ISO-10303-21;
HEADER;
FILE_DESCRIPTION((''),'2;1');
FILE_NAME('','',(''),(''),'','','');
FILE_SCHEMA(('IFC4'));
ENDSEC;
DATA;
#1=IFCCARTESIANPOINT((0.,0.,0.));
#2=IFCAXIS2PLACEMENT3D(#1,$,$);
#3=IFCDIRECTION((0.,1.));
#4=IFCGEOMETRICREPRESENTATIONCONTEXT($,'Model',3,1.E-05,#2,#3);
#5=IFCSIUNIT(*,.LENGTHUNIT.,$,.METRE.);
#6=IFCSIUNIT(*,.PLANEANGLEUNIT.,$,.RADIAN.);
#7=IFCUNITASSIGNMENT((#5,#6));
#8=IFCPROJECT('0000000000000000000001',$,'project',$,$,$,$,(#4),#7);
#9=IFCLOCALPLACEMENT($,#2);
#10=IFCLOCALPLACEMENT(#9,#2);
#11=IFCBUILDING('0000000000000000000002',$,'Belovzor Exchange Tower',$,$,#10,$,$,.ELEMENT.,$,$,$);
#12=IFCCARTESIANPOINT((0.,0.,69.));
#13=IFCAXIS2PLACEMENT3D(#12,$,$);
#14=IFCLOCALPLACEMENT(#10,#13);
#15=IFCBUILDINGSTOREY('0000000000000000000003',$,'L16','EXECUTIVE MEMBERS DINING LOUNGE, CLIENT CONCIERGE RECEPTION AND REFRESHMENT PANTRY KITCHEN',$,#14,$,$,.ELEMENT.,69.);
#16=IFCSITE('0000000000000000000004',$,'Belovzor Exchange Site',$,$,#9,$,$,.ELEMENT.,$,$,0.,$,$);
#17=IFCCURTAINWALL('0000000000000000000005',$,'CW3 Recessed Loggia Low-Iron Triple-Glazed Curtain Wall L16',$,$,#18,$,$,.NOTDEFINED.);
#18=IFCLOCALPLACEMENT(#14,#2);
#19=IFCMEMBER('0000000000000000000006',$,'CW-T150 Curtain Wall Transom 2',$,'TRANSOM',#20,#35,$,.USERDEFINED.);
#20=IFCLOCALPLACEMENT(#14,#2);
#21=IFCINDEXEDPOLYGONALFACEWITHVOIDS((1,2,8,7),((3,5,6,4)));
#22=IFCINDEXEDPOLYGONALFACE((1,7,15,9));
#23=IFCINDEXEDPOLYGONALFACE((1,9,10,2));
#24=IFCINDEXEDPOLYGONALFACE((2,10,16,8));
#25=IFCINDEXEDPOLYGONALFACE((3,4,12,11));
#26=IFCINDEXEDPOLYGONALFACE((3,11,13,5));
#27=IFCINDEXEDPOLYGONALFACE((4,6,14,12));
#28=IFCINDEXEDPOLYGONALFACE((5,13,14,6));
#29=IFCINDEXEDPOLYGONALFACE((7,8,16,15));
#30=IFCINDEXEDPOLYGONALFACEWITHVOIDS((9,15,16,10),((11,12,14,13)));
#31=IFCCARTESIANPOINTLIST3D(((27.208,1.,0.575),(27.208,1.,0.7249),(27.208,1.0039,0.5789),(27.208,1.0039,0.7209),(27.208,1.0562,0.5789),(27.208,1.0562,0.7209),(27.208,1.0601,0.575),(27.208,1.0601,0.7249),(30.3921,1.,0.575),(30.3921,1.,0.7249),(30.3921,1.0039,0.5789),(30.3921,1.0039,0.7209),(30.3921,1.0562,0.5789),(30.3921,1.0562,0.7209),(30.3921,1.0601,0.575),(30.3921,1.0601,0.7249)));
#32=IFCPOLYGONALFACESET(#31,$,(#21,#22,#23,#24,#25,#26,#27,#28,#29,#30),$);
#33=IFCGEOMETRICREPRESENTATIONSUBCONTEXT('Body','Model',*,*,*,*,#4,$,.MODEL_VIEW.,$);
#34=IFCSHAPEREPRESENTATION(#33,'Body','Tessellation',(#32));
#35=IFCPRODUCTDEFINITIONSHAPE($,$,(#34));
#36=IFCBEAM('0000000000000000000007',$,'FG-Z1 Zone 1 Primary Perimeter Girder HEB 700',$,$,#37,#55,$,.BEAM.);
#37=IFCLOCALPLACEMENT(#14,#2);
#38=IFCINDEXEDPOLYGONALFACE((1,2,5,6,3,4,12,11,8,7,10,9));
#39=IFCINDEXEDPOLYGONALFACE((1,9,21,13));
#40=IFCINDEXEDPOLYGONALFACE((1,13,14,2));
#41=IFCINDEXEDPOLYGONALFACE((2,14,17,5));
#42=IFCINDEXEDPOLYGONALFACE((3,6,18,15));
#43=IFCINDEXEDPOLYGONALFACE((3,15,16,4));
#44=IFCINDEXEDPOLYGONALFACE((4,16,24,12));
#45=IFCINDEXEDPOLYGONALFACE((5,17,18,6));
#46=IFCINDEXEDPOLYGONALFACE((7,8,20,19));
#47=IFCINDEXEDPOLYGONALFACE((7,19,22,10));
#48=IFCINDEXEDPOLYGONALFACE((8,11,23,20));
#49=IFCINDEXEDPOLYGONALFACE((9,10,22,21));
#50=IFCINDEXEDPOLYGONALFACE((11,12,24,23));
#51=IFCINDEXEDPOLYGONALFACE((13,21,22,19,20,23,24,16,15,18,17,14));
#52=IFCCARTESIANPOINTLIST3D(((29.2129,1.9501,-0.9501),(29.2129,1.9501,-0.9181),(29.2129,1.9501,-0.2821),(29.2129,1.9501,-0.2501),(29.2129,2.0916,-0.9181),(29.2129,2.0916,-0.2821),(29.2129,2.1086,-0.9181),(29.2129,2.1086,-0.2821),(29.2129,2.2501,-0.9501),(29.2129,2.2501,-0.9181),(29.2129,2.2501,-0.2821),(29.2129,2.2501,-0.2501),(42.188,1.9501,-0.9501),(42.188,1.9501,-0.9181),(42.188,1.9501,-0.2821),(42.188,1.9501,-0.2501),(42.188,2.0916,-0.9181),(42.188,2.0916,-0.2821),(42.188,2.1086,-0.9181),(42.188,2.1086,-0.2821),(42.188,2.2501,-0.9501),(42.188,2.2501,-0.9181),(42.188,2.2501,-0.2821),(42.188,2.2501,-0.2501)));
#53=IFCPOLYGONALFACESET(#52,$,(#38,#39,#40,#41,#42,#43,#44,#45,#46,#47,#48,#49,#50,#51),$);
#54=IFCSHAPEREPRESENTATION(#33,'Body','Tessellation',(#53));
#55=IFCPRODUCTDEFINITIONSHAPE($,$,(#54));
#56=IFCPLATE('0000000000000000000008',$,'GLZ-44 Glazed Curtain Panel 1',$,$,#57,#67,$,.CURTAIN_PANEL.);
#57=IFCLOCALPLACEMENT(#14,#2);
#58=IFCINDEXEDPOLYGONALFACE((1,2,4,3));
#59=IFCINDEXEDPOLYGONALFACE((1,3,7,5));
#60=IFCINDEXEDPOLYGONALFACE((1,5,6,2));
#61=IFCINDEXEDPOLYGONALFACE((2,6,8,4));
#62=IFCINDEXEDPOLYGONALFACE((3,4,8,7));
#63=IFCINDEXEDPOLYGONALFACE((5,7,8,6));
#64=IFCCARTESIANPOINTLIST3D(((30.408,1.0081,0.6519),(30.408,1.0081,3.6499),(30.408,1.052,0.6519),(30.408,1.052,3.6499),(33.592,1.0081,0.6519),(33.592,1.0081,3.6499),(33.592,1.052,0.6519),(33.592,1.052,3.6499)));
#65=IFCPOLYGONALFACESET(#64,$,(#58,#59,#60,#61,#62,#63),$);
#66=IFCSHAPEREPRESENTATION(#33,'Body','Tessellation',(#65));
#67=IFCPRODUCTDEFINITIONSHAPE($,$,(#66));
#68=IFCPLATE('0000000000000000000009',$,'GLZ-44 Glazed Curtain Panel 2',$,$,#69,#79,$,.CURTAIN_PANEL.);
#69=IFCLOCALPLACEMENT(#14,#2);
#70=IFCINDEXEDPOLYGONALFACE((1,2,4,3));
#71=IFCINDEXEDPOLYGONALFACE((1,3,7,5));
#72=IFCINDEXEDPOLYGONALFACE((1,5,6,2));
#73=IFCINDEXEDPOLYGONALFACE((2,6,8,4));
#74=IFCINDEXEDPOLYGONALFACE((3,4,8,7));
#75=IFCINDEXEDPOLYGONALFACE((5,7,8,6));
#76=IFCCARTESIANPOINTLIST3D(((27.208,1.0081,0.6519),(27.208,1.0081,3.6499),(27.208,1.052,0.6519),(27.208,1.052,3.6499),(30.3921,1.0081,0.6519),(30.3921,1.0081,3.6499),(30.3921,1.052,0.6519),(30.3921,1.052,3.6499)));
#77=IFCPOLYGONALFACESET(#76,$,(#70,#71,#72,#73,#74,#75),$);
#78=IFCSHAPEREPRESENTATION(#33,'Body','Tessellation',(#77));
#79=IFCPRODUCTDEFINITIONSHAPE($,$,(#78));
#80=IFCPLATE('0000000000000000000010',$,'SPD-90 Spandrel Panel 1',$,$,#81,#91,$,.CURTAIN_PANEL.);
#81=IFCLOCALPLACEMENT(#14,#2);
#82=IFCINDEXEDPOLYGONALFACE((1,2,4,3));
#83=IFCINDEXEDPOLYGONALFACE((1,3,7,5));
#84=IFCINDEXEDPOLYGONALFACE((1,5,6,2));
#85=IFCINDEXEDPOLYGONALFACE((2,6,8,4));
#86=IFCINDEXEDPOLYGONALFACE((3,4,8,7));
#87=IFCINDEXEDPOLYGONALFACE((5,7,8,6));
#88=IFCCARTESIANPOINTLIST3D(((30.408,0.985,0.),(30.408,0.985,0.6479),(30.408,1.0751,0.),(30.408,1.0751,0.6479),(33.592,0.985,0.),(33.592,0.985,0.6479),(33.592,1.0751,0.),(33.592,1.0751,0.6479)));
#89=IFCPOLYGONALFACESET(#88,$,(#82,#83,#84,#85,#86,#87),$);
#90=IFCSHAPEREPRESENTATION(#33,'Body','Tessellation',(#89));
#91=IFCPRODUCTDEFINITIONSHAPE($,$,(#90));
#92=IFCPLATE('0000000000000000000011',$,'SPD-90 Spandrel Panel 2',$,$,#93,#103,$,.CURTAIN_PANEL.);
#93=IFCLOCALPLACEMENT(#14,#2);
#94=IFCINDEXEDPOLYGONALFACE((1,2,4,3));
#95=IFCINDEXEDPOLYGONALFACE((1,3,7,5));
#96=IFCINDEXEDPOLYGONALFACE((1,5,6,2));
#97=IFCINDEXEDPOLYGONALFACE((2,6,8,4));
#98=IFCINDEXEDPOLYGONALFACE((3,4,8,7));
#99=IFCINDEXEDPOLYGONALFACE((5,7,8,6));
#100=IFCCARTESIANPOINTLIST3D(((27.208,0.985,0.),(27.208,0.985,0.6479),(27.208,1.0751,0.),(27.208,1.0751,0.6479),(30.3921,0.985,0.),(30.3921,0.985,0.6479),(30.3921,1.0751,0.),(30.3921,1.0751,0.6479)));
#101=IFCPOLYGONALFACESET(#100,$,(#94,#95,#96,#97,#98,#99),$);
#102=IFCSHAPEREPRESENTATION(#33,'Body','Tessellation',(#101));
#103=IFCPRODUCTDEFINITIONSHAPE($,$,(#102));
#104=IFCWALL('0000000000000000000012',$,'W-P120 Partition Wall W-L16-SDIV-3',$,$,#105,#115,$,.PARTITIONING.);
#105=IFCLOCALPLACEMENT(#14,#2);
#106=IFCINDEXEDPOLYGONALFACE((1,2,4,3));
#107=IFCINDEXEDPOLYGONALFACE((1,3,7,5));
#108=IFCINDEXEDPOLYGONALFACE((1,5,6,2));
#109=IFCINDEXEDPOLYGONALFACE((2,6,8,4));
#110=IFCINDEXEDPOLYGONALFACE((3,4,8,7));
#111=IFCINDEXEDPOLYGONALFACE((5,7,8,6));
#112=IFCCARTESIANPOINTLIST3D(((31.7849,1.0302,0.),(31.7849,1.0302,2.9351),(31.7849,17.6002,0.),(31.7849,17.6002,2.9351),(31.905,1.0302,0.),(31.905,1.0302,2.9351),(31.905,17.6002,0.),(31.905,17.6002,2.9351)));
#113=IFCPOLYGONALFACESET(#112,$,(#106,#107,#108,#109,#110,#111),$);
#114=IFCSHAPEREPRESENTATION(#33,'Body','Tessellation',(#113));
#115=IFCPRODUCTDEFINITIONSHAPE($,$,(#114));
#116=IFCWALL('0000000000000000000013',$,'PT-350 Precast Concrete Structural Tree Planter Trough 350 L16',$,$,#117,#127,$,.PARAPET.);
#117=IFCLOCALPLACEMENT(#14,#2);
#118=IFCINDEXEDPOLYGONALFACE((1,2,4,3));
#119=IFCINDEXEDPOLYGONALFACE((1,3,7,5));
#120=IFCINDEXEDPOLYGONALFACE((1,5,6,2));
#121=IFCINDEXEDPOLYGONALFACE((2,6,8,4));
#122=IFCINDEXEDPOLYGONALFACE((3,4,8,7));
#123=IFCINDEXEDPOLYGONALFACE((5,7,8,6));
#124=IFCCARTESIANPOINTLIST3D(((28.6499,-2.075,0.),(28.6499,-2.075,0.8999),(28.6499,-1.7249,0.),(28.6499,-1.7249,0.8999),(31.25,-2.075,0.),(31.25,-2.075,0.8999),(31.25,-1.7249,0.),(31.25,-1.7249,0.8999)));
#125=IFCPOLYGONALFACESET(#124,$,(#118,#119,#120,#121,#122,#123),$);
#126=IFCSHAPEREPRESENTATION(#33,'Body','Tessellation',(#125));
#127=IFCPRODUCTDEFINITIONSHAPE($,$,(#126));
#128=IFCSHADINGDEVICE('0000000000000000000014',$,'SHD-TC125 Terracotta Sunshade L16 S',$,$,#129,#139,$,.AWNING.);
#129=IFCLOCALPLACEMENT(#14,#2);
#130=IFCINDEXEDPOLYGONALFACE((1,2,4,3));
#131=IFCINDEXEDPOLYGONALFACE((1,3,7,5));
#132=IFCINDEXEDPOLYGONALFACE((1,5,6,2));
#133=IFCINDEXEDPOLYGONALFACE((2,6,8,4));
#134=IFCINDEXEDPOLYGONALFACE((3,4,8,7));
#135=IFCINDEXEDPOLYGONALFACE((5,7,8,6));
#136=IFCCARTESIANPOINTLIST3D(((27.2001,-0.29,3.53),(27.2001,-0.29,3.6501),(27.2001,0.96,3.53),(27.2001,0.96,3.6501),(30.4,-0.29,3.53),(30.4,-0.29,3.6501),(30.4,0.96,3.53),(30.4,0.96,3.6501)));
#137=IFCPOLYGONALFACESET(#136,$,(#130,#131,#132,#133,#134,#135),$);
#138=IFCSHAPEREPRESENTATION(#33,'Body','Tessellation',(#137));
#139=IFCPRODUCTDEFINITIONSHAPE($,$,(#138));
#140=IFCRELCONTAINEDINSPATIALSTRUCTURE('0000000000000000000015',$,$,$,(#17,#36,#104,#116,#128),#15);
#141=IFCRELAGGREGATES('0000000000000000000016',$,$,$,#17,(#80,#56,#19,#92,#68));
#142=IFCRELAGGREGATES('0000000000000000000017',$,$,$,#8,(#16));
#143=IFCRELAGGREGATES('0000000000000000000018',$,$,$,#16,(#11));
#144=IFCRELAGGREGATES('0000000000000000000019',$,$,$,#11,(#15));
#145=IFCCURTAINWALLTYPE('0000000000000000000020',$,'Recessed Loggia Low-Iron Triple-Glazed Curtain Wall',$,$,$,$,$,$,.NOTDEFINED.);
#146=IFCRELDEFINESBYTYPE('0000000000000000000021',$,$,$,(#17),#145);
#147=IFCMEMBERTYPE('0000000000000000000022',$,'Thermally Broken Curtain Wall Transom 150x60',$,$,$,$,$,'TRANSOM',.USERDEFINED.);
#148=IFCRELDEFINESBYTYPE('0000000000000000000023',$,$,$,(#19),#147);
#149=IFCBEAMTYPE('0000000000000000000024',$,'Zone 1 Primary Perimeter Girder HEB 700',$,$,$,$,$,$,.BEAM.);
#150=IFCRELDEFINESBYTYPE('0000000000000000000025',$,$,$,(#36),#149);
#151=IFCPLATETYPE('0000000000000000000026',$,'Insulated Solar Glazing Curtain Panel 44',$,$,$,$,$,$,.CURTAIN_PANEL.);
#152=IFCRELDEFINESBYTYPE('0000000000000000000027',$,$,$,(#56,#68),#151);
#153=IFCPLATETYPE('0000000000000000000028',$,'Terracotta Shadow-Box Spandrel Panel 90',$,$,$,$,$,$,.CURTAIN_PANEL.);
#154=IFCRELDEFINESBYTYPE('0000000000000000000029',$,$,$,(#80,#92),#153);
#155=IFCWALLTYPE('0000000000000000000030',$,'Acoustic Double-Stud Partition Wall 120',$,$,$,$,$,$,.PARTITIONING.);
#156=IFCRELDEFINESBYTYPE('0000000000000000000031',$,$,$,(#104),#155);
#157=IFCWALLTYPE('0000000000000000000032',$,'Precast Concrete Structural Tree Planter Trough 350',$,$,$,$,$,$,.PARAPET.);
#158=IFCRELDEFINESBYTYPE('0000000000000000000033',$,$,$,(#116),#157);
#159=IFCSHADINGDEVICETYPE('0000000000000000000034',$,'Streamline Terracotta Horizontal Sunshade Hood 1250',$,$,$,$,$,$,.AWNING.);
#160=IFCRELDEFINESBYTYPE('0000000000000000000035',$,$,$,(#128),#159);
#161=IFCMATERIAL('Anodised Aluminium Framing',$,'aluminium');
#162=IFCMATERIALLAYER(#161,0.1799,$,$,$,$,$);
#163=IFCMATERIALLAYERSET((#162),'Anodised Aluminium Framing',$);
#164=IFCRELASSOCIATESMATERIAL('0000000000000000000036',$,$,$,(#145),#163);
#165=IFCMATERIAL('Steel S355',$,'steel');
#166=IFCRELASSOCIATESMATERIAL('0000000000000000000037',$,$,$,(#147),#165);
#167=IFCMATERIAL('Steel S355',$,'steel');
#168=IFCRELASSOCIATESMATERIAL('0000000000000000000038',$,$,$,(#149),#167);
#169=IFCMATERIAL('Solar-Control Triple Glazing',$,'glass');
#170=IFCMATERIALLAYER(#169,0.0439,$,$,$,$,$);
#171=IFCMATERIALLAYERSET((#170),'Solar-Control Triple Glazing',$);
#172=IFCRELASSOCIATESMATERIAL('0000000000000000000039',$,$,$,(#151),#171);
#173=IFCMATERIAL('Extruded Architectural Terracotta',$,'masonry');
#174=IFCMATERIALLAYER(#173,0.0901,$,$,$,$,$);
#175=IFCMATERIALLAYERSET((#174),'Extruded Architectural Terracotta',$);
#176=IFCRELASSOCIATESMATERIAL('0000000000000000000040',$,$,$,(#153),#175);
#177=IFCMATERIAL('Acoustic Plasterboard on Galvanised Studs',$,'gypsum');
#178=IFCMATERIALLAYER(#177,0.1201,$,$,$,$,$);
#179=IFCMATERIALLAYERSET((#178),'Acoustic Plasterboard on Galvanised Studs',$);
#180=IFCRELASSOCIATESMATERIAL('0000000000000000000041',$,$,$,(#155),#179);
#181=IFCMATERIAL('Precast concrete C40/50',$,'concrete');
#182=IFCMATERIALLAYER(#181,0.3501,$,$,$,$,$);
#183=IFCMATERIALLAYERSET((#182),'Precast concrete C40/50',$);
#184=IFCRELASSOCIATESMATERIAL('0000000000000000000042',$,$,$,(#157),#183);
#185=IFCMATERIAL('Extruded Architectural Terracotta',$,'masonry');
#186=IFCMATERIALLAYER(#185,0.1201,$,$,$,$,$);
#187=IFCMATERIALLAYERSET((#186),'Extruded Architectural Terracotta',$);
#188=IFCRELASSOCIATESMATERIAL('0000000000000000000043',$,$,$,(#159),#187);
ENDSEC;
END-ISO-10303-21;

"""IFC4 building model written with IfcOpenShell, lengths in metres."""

from ifc_helpers import new_model, si_unit, direction, frame, frame_2d, origin, origin_2d, place, context, subcontext, project, spatial, rectangle, hollow_rectangle, i_section, extrude, material, layer, layer_set, material_profile, profile_set, type_object, element, aggregate, save


model = new_model("IFC4")

# Units and contexts
model_context = context("Model", 3, precision=1e-05, world=origin(), true_north=direction((0.0, 1.0)))
body_context = subcontext(model_context, "Body", "Model", "MODEL_VIEW")
ifc_project = project(units=[si_unit("LENGTHUNIT", "METRE"), si_unit("PLANEANGLEUNIT", "RADIAN")], contexts=[model_context])

# Site, building, storey
site_placement = place(None, origin())
site = spatial("IfcSite", under=ifc_project, at=site_placement, Name="Belovzor Exchange Site", CompositionType="ELEMENT", RefElevation=0.0)
building_placement = place(site_placement, origin())
building = spatial("IfcBuilding", under=site, at=building_placement, Name="Belovzor Exchange Tower", CompositionType="ELEMENT")
storey_placement = place(building_placement, frame((0.0, 0.0, 69.0)))
storey = spatial("IfcBuildingStorey", under=building, at=storey_placement, Name="L16", Description="EXECUTIVE MEMBERS DINING LOUNGE, CLIENT CONCIERGE RECEPTION AND REFRESHMENT PANTRY KITCHEN", CompositionType="ELEMENT", Elevation=69.0)

# Curtain wall, member
ifc_material_1 = material(Name="Anodised Aluminium Framing", Category="aluminium")
ifc_layer_1 = layer(ifc_material_1, 0.1799)
ifc_layer_set_1 = layer_set([ifc_layer_1], Name="Anodised Aluminium Framing")
curtain_wall_type = type_object("IfcCurtainWallType", Name="Recessed Loggia Low-Iron Triple-Glazed Curtain Wall", PredefinedType="NOTDEFINED", material=ifc_layer_set_1)
curtain_wall_placement = place(storey_placement, origin())
curtain_wall = element("IfcCurtainWall", 1, at=curtain_wall_placement, inside=storey, type_object=curtain_wall_type, Name="CW3 Recessed Loggia Low-Iron Triple-Glazed Curtain Wall L16", PredefinedType="NOTDEFINED")
ifc_material_2 = material(Name="Steel S355", Category="steel")
ifc_material_profile_1 = material_profile(ifc_material_2, hollow_rectangle(XDim=0.0601, YDim=0.1499, WallThickness=0.0039, at=origin_2d()))
ifc_profile_set_1 = profile_set([ifc_material_profile_1], Name="Steel S355")
member_type_1 = type_object("IfcMemberType", Name="Thermally Broken Curtain Wall Transom 150x60", ElementType="TRANSOM", PredefinedType="USERDEFINED", material=ifc_profile_set_1)
member_1_placement = place(storey_placement, frame((30.3921, 1.03, 0.6499), z_axis=(-1.0, 0.0, 0.0), x_axis=(0.0, -1.0, 0.0)))
member_1 = element("IfcMember", 2, at=member_1_placement, type_object=member_type_1, Name="CW-T150 Curtain Wall Transom 2", ObjectType="TRANSOM", PredefinedType="USERDEFINED", context=body_context, shape_type="SweptSolid", body=[
    extrude(hollow_rectangle(XDim=0.0601, YDim=0.1499, WallThickness=0.0039, at=origin_2d()), origin(), (0.0, 0.0, 1.0), 3.1841),
])

# Beam
ifc_material_3 = material(Name="Steel S355", Category="steel")
ifc_material_profile_2 = material_profile(ifc_material_3, i_section(OverallWidth=0.3, OverallDepth=0.7, WebThickness=0.0171, FlangeThickness=0.032, at=origin_2d()))
ifc_profile_set_2 = profile_set([ifc_material_profile_2], Name="Steel S355")
beam_type_1 = type_object("IfcBeamType", Name="Zone 1 Primary Perimeter Girder HEB 700", PredefinedType="BEAM", material=ifc_profile_set_2)
beam_1_placement = place(storey_placement, frame((29.2129, 2.1001, -0.6001), z_axis=(1.0, 0.0, 0.0), x_axis=(0.0, 1.0, 0.0)))
element("IfcBeam", 3, at=beam_1_placement, inside=storey, type_object=beam_type_1, Name="FG-Z1 Zone 1 Primary Perimeter Girder HEB 700", PredefinedType="BEAM", context=body_context, shape_type="SweptSolid", body=[
    extrude(i_section(OverallWidth=0.3, OverallDepth=0.7, WebThickness=0.0171, FlangeThickness=0.032, at=origin_2d()), origin(), (0.0, 0.0, 1.0), 12.9751),
])

# Plates
ifc_material_4 = material(Name="Solar-Control Triple Glazing", Category="glass")
ifc_layer_2 = layer(ifc_material_4, 0.0439)
ifc_layer_set_2 = layer_set([ifc_layer_2], Name="Solar-Control Triple Glazing")
plate_type_1 = type_object("IfcPlateType", Name="Insulated Solar Glazing Curtain Panel 44", PredefinedType="CURTAIN_PANEL", material=ifc_layer_set_2)
plate_1_placement = place(storey_placement, frame((32.0, 1.03, 0.6519), z_axis=(0.0, 0.0, 1.0), x_axis=(-1.0, 0.0, 0.0)))
plate_1 = element("IfcPlate", 4, at=plate_1_placement, type_object=plate_type_1, Name="GLZ-44 Glazed Curtain Panel 1", PredefinedType="CURTAIN_PANEL", context=body_context, shape_type="SweptSolid", body=[
    extrude(rectangle(XDim=3.1841, YDim=0.0439, at=origin_2d()), origin(), (0.0, 0.0, 1.0), 2.998),
])
plate_2_placement = place(storey_placement, frame((28.8, 1.03, 0.6519), z_axis=(0.0, 0.0, 1.0), x_axis=(-1.0, 0.0, 0.0)))
plate_2 = element("IfcPlate", 5, at=plate_2_placement, type_object=plate_type_1, Name="GLZ-44 Glazed Curtain Panel 2", PredefinedType="CURTAIN_PANEL", context=body_context, shape_type="SweptSolid", body=[
    extrude(rectangle(XDim=3.1841, YDim=0.0439, at=origin_2d()), origin(), (0.0, 0.0, 1.0), 2.998),
])
ifc_material_5 = material(Name="Extruded Architectural Terracotta", Category="masonry")
ifc_layer_3 = layer(ifc_material_5, 0.0901)
ifc_layer_set_3 = layer_set([ifc_layer_3], Name="Extruded Architectural Terracotta")
plate_type_2 = type_object("IfcPlateType", Name="Terracotta Shadow-Box Spandrel Panel 90", PredefinedType="CURTAIN_PANEL", material=ifc_layer_set_3)
plate_3_placement = place(storey_placement, frame((32.0, 1.03, 0.0), z_axis=(0.0, 0.0, 1.0), x_axis=(-1.0, 0.0, 0.0)))
plate_3 = element("IfcPlate", 6, at=plate_3_placement, type_object=plate_type_2, Name="SPD-90 Spandrel Panel 1", PredefinedType="CURTAIN_PANEL", context=body_context, shape_type="SweptSolid", body=[
    extrude(rectangle(XDim=3.1841, YDim=0.0901, at=origin_2d()), origin(), (0.0, 0.0, 1.0), 0.6479),
])
plate_4_placement = place(storey_placement, frame((28.8, 1.03, 0.0), z_axis=(0.0, 0.0, 1.0), x_axis=(-1.0, 0.0, 0.0)))
plate_4 = element("IfcPlate", 7, at=plate_4_placement, type_object=plate_type_2, Name="SPD-90 Spandrel Panel 2", PredefinedType="CURTAIN_PANEL", context=body_context, shape_type="SweptSolid", body=[
    extrude(rectangle(XDim=3.1841, YDim=0.0901, at=origin_2d()), origin(), (0.0, 0.0, 1.0), 0.6479),
])
aggregate(curtain_wall, [plate_3, plate_1, member_1, plate_4, plate_2])

# Walls
ifc_material_6 = material(Name="Acoustic Plasterboard on Galvanised Studs", Category="gypsum")
ifc_layer_4 = layer(ifc_material_6, 0.1201)
ifc_layer_set_4 = layer_set([ifc_layer_4], Name="Acoustic Plasterboard on Galvanised Studs")
wall_type_1 = type_object("IfcWallType", Name="Acoustic Double-Stud Partition Wall 120", PredefinedType="PARTITIONING", material=ifc_layer_set_4)
wall_1_placement = place(storey_placement, frame((31.845, 1.03, 0.0), z_axis=(0.0, 0.0, 1.0), x_axis=(0.0, 1.0, 0.0)))
element("IfcWall", 8, at=wall_1_placement, inside=storey, type_object=wall_type_1, Name="W-P120 Partition Wall W-L16-SDIV-3", PredefinedType="PARTITIONING", context=body_context, shape_type="SweptSolid", body=[
    extrude(rectangle(XDim=16.5701, YDim=0.1201, at=frame_2d((8.2852, 0.0))), origin(), (0.0, 0.0, 1.0), 2.9351),
])
ifc_material_7 = material(Name="Precast concrete C40/50", Category="concrete")
ifc_layer_5 = layer(ifc_material_7, 0.3501)
ifc_layer_set_5 = layer_set([ifc_layer_5], Name="Precast concrete C40/50")
wall_type_2 = type_object("IfcWallType", Name="Precast Concrete Structural Tree Planter Trough 350", PredefinedType="PARAPET", material=ifc_layer_set_5)
wall_2_placement = place(storey_placement, frame((28.6499, -1.8999, 0.0), z_axis=(0.0, 0.0, 1.0), x_axis=(1.0, 0.0, 0.0)))
element("IfcWall", 9, at=wall_2_placement, inside=storey, type_object=wall_type_2, Name="PT-350 Precast Concrete Structural Tree Planter Trough 350 L16", PredefinedType="PARAPET", context=body_context, shape_type="SweptSolid", body=[
    extrude(rectangle(XDim=2.6001, YDim=0.3501, at=frame_2d((1.3, 0.0))), origin(), (0.0, 0.0, 1.0), 0.8999),
])

# Shading device
ifc_material_8 = material(Name="Extruded Architectural Terracotta", Category="masonry")
ifc_layer_6 = layer(ifc_material_8, 0.1201)
ifc_layer_set_6 = layer_set([ifc_layer_6], Name="Extruded Architectural Terracotta")
shading_device_type = type_object("IfcShadingDeviceType", Name="Streamline Terracotta Horizontal Sunshade Hood 1250", PredefinedType="AWNING", material=ifc_layer_set_6)
shading_device_placement = place(storey_placement, frame((28.8, 0.335, 3.53), z_axis=(0.0, 0.0, 1.0), x_axis=(1.0, 0.0, 0.0)))
element("IfcShadingDevice", 10, at=shading_device_placement, inside=storey, type_object=shading_device_type, Name="SHD-TC125 Terracotta Sunshade L16 S", PredefinedType="AWNING", context=body_context, shape_type="SweptSolid", body=[
    extrude(rectangle(XDim=3.2, YDim=1.25, at=origin_2d()), origin(), (0.0, 0.0, 1.0), 0.1201),
])

save(model, "model.ifc")
